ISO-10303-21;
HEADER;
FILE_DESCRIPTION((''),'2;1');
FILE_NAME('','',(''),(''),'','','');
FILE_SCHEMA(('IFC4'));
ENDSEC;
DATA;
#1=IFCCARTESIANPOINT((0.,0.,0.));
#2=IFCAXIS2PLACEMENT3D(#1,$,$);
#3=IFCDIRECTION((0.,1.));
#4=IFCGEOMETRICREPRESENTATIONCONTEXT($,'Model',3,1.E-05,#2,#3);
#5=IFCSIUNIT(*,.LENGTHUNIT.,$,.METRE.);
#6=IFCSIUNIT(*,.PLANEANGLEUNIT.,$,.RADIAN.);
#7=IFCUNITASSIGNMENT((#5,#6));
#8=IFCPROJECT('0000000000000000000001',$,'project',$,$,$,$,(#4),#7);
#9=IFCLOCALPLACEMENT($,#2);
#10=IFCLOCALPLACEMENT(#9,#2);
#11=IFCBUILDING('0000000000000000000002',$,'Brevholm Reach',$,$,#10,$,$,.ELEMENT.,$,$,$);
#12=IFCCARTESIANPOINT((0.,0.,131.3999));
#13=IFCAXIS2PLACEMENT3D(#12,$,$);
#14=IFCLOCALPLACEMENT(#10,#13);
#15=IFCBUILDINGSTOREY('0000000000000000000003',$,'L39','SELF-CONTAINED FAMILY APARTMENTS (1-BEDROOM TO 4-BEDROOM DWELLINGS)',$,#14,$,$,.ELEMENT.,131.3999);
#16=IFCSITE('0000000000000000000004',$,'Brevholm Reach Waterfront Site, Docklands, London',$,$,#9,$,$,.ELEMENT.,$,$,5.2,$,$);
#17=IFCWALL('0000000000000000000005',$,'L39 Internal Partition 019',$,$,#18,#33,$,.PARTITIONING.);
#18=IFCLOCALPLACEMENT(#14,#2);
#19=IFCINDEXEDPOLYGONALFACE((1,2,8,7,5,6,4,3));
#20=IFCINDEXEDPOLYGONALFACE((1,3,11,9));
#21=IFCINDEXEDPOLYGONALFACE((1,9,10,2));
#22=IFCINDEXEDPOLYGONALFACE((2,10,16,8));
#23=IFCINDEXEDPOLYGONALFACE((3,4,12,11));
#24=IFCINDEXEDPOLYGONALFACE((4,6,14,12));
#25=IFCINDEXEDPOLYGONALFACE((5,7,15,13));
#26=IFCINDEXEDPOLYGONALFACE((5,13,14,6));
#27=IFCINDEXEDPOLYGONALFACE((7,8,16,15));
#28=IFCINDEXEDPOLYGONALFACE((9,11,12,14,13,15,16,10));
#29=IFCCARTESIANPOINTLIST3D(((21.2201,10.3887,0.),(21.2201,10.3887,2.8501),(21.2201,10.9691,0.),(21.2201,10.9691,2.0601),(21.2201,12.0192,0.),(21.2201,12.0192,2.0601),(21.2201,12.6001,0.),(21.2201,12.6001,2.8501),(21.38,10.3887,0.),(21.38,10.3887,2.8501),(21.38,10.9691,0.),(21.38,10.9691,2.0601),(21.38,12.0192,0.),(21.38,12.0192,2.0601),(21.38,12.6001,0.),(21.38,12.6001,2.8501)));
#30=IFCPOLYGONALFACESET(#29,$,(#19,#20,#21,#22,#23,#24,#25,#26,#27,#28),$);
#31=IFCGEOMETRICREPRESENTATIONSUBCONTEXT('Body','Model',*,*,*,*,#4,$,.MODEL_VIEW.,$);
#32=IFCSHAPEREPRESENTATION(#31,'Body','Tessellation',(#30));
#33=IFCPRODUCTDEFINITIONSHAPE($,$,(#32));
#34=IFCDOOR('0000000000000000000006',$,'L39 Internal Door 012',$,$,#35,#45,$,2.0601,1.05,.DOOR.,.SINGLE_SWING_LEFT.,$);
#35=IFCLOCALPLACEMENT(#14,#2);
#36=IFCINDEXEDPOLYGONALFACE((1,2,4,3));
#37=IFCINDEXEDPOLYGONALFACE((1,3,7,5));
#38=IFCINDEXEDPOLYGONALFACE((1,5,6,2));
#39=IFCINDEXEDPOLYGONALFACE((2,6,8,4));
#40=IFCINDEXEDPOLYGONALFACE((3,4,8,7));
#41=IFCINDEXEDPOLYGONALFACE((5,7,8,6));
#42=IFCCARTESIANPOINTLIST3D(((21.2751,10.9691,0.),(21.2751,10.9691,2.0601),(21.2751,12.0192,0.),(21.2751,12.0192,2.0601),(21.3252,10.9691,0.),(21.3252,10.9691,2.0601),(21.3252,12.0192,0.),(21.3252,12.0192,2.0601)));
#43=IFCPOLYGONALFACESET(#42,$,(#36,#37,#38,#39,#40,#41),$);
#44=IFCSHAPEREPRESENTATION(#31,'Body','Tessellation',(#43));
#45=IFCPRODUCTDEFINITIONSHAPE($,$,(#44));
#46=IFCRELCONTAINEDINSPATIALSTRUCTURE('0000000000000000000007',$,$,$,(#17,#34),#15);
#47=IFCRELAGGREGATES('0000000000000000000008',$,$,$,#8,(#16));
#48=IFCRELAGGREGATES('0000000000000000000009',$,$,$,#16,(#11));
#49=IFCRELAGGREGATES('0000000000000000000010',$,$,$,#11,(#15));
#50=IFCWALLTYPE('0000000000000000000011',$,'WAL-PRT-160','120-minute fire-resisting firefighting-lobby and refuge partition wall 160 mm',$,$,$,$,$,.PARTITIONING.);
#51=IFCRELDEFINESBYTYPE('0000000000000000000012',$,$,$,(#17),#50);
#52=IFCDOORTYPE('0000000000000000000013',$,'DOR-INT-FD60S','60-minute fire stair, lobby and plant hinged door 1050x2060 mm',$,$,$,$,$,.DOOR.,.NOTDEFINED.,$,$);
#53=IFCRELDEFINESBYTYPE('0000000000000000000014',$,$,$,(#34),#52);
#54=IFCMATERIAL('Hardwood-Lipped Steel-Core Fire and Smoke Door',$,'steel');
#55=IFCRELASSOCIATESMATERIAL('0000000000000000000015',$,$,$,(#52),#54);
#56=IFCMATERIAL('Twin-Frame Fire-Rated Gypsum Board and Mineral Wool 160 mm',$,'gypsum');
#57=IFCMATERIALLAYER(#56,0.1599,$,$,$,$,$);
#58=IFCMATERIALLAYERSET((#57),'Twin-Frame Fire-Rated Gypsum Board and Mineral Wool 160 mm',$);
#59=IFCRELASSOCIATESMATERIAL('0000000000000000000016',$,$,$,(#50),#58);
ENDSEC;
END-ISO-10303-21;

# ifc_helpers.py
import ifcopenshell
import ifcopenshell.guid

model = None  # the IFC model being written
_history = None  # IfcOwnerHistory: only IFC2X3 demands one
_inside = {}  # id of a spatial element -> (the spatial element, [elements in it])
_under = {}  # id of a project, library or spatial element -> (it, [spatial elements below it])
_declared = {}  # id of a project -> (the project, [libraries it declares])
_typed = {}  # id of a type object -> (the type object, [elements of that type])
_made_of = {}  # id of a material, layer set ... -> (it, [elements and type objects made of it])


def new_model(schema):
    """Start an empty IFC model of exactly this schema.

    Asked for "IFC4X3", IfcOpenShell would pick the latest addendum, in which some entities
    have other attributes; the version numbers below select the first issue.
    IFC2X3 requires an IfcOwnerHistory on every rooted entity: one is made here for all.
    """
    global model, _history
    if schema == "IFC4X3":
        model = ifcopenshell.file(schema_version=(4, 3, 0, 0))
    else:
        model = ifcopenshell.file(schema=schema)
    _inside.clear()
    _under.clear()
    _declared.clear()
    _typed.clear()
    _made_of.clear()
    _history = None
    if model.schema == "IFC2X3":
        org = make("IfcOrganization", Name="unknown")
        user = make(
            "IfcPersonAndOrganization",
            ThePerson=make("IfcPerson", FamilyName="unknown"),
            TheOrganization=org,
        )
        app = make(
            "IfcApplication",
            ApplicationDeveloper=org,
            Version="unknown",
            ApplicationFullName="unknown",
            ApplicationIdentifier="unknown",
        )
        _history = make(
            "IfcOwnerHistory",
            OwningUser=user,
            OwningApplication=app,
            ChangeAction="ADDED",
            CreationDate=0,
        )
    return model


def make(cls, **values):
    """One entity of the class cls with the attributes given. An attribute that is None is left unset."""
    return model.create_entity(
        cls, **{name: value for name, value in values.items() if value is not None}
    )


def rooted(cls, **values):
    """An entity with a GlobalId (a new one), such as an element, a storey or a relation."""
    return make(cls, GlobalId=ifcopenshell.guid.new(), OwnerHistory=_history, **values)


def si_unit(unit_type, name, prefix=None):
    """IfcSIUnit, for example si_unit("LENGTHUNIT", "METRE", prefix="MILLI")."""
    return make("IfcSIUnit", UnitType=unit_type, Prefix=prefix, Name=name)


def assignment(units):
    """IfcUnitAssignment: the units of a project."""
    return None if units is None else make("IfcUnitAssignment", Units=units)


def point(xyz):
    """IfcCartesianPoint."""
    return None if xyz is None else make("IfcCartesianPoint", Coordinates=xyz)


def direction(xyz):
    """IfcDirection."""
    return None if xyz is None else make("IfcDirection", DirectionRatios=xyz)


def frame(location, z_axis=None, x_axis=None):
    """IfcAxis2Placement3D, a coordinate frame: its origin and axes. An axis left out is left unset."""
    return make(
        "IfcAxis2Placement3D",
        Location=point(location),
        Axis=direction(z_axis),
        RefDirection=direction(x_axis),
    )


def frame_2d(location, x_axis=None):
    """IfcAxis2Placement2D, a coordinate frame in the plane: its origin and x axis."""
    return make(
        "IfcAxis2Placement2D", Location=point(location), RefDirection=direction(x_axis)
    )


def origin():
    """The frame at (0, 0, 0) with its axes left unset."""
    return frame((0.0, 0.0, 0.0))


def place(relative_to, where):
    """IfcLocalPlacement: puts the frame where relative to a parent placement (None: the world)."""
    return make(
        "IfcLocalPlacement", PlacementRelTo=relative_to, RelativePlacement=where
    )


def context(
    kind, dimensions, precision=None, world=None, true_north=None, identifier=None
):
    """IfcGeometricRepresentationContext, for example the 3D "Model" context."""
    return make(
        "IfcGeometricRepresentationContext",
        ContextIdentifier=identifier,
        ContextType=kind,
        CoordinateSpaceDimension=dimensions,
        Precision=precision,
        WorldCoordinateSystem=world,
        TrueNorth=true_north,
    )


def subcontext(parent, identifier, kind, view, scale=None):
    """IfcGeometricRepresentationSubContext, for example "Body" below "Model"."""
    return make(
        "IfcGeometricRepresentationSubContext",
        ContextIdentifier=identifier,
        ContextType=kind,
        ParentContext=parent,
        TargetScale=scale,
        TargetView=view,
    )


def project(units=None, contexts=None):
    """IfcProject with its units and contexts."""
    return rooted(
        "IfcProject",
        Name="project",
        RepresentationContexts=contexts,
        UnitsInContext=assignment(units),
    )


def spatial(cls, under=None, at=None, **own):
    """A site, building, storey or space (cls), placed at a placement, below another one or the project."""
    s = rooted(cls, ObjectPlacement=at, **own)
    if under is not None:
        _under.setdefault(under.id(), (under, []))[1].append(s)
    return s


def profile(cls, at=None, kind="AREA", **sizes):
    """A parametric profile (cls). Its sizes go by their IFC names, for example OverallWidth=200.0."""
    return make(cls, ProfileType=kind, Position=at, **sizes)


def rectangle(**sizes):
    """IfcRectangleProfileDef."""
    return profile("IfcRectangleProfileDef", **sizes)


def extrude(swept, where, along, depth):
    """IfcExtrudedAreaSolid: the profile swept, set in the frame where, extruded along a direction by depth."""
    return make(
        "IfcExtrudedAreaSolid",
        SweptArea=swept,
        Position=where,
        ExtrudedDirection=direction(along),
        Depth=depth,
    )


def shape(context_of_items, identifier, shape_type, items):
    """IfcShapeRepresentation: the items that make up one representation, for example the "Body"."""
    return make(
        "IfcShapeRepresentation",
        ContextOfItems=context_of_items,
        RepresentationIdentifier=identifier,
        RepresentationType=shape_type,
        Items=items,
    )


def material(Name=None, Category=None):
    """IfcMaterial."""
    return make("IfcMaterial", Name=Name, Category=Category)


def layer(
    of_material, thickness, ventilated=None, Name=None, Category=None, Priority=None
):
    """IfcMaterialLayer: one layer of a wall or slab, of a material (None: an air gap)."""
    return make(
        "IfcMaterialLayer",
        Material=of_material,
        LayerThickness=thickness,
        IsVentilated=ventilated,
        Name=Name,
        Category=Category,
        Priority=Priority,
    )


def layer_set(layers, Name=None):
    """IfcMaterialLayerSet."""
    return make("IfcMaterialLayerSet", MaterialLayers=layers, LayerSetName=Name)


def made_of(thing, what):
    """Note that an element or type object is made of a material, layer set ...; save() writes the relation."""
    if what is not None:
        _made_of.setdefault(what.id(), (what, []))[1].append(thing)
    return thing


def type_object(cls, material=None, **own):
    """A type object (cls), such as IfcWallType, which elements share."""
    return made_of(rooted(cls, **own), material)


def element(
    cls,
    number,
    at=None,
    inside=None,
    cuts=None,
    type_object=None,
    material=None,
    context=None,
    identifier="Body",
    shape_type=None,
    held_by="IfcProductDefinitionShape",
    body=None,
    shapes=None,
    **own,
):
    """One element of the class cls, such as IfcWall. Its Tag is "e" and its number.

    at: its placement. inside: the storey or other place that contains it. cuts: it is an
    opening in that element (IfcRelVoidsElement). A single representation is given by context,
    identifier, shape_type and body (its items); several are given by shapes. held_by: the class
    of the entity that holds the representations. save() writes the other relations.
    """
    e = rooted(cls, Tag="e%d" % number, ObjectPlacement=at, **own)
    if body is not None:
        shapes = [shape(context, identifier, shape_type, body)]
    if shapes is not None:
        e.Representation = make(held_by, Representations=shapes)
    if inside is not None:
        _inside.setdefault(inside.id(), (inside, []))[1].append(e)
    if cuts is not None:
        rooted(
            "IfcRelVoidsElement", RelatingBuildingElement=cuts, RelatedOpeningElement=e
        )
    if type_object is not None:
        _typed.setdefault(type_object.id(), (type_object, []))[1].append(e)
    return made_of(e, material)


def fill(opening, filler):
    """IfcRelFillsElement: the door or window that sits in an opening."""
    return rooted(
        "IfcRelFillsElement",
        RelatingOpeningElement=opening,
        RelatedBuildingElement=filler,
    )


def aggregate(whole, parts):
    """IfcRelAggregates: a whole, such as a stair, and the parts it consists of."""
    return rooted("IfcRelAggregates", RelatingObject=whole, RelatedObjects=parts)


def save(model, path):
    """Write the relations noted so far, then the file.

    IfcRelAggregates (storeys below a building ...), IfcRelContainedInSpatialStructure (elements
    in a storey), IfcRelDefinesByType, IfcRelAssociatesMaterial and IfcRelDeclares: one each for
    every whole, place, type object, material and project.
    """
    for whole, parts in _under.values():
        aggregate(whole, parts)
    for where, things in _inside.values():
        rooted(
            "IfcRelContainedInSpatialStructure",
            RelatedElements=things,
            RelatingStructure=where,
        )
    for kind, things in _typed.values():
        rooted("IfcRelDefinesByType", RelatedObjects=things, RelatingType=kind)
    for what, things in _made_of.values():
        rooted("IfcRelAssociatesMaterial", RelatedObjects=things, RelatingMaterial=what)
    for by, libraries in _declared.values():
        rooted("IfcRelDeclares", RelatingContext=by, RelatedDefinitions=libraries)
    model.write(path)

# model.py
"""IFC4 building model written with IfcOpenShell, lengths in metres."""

from ifc_helpers import new_model, si_unit, direction, frame, frame_2d, origin, place, context, subcontext, project, spatial, rectangle, extrude, material, layer, layer_set, type_object, element, fill, save


model = new_model("IFC4")

# Units and contexts
model_context = context("Model", 3, precision=1e-05, world=origin(), true_north=direction((0.0, 1.0)))
body_context = subcontext(model_context, "Body", "Model", "MODEL_VIEW")
ifc_project = project(units=[si_unit("LENGTHUNIT", "METRE"), si_unit("PLANEANGLEUNIT", "RADIAN")], contexts=[model_context])

# Site, building, storey
site_placement = place(None, origin())
site = spatial("IfcSite", under=ifc_project, at=site_placement, Name="Brevholm Reach Waterfront Site, Docklands, London", CompositionType="ELEMENT", RefElevation=5.2)
building_placement = place(site_placement, origin())
building = spatial("IfcBuilding", under=site, at=building_placement, Name="Brevholm Reach", CompositionType="ELEMENT")
storey_placement = place(building_placement, frame((0.0, 0.0, 131.3999)))
storey = spatial("IfcBuildingStorey", under=building, at=storey_placement, Name="L39", Description="SELF-CONTAINED FAMILY APARTMENTS (1-BEDROOM TO 4-BEDROOM DWELLINGS)", CompositionType="ELEMENT", Elevation=131.3999)

# Shared definitions
ifc_material_1 = material(Name="Hardwood-Lipped Steel-Core Fire and Smoke Door", Category="steel")
door_type_1 = type_object("IfcDoorType", Name="DOR-INT-FD60S", Description="60-minute fire stair, lobby and plant hinged door 1050x2060 mm", OperationType="NOTDEFINED", PredefinedType="DOOR", material=ifc_material_1)

# Wall, opening, door
ifc_material_2 = material(Name="Twin-Frame Fire-Rated Gypsum Board and Mineral Wool 160 mm", Category="gypsum")
ifc_layer_1 = layer(ifc_material_2, 0.1599)
ifc_layer_set_1 = layer_set([ifc_layer_1], Name="Twin-Frame Fire-Rated Gypsum Board and Mineral Wool 160 mm")
wall_type_1 = type_object("IfcWallType", Name="WAL-PRT-160", Description="120-minute fire-resisting firefighting-lobby and refuge partition wall 160 mm", PredefinedType="PARTITIONING", material=ifc_layer_set_1)
wall_1_placement = place(storey_placement, frame((21.3, 10.3887, 0.0), z_axis=(0.0, 0.0, 1.0), x_axis=(0.0, 1.0, 0.0)))
wall_1 = element("IfcWall", 1, at=wall_1_placement, inside=storey, type_object=wall_type_1, Name="L39 Internal Partition 019", PredefinedType="PARTITIONING", context=body_context, shape_type="SweptSolid", body=[
    extrude(rectangle(XDim=2.2114, YDim=0.1599, at=frame_2d((1.1057, 0.0))), origin(), (0.0, 0.0, 1.0), 2.8501),
])
opening_1_placement = place(wall_1_placement, frame((0.5806, 0.0, 0.0)))
opening_1 = element("IfcOpeningElement", 2, at=opening_1_placement, cuts=wall_1, PredefinedType="OPENING", context=body_context, shape_type="SweptSolid", body=[
    extrude(rectangle(XDim=1.05, YDim=2.0601, at=frame_2d((0.5249, 1.03))), frame((0.0, 0.0898, 0.0), z_axis=(0.0, -1.0, 0.0), x_axis=(1.0, 0.0, 0.0)), (0.0, 0.0, 1.0), 0.1799),
])
door_1_placement = place(opening_1_placement, origin())
door_1 = element("IfcDoor", 3, at=door_1_placement, inside=storey, type_object=door_type_1, Name="L39 Internal Door 012", OperationType="SINGLE_SWING_LEFT", OverallHeight=2.0601, OverallWidth=1.05, PredefinedType="DOOR", context=body_context, shape_type="SweptSolid", body=[
    extrude(rectangle(XDim=1.05, YDim=2.0601, at=frame_2d((0.5249, 1.03))), frame((0.0, 0.0249, 0.0), z_axis=(0.0, -1.0, 0.0), x_axis=(1.0, 0.0, 0.0)), (0.0, 0.0, 1.0), 0.05),
])
fill(opening_1, door_1)

save(model, "model.ifc")
